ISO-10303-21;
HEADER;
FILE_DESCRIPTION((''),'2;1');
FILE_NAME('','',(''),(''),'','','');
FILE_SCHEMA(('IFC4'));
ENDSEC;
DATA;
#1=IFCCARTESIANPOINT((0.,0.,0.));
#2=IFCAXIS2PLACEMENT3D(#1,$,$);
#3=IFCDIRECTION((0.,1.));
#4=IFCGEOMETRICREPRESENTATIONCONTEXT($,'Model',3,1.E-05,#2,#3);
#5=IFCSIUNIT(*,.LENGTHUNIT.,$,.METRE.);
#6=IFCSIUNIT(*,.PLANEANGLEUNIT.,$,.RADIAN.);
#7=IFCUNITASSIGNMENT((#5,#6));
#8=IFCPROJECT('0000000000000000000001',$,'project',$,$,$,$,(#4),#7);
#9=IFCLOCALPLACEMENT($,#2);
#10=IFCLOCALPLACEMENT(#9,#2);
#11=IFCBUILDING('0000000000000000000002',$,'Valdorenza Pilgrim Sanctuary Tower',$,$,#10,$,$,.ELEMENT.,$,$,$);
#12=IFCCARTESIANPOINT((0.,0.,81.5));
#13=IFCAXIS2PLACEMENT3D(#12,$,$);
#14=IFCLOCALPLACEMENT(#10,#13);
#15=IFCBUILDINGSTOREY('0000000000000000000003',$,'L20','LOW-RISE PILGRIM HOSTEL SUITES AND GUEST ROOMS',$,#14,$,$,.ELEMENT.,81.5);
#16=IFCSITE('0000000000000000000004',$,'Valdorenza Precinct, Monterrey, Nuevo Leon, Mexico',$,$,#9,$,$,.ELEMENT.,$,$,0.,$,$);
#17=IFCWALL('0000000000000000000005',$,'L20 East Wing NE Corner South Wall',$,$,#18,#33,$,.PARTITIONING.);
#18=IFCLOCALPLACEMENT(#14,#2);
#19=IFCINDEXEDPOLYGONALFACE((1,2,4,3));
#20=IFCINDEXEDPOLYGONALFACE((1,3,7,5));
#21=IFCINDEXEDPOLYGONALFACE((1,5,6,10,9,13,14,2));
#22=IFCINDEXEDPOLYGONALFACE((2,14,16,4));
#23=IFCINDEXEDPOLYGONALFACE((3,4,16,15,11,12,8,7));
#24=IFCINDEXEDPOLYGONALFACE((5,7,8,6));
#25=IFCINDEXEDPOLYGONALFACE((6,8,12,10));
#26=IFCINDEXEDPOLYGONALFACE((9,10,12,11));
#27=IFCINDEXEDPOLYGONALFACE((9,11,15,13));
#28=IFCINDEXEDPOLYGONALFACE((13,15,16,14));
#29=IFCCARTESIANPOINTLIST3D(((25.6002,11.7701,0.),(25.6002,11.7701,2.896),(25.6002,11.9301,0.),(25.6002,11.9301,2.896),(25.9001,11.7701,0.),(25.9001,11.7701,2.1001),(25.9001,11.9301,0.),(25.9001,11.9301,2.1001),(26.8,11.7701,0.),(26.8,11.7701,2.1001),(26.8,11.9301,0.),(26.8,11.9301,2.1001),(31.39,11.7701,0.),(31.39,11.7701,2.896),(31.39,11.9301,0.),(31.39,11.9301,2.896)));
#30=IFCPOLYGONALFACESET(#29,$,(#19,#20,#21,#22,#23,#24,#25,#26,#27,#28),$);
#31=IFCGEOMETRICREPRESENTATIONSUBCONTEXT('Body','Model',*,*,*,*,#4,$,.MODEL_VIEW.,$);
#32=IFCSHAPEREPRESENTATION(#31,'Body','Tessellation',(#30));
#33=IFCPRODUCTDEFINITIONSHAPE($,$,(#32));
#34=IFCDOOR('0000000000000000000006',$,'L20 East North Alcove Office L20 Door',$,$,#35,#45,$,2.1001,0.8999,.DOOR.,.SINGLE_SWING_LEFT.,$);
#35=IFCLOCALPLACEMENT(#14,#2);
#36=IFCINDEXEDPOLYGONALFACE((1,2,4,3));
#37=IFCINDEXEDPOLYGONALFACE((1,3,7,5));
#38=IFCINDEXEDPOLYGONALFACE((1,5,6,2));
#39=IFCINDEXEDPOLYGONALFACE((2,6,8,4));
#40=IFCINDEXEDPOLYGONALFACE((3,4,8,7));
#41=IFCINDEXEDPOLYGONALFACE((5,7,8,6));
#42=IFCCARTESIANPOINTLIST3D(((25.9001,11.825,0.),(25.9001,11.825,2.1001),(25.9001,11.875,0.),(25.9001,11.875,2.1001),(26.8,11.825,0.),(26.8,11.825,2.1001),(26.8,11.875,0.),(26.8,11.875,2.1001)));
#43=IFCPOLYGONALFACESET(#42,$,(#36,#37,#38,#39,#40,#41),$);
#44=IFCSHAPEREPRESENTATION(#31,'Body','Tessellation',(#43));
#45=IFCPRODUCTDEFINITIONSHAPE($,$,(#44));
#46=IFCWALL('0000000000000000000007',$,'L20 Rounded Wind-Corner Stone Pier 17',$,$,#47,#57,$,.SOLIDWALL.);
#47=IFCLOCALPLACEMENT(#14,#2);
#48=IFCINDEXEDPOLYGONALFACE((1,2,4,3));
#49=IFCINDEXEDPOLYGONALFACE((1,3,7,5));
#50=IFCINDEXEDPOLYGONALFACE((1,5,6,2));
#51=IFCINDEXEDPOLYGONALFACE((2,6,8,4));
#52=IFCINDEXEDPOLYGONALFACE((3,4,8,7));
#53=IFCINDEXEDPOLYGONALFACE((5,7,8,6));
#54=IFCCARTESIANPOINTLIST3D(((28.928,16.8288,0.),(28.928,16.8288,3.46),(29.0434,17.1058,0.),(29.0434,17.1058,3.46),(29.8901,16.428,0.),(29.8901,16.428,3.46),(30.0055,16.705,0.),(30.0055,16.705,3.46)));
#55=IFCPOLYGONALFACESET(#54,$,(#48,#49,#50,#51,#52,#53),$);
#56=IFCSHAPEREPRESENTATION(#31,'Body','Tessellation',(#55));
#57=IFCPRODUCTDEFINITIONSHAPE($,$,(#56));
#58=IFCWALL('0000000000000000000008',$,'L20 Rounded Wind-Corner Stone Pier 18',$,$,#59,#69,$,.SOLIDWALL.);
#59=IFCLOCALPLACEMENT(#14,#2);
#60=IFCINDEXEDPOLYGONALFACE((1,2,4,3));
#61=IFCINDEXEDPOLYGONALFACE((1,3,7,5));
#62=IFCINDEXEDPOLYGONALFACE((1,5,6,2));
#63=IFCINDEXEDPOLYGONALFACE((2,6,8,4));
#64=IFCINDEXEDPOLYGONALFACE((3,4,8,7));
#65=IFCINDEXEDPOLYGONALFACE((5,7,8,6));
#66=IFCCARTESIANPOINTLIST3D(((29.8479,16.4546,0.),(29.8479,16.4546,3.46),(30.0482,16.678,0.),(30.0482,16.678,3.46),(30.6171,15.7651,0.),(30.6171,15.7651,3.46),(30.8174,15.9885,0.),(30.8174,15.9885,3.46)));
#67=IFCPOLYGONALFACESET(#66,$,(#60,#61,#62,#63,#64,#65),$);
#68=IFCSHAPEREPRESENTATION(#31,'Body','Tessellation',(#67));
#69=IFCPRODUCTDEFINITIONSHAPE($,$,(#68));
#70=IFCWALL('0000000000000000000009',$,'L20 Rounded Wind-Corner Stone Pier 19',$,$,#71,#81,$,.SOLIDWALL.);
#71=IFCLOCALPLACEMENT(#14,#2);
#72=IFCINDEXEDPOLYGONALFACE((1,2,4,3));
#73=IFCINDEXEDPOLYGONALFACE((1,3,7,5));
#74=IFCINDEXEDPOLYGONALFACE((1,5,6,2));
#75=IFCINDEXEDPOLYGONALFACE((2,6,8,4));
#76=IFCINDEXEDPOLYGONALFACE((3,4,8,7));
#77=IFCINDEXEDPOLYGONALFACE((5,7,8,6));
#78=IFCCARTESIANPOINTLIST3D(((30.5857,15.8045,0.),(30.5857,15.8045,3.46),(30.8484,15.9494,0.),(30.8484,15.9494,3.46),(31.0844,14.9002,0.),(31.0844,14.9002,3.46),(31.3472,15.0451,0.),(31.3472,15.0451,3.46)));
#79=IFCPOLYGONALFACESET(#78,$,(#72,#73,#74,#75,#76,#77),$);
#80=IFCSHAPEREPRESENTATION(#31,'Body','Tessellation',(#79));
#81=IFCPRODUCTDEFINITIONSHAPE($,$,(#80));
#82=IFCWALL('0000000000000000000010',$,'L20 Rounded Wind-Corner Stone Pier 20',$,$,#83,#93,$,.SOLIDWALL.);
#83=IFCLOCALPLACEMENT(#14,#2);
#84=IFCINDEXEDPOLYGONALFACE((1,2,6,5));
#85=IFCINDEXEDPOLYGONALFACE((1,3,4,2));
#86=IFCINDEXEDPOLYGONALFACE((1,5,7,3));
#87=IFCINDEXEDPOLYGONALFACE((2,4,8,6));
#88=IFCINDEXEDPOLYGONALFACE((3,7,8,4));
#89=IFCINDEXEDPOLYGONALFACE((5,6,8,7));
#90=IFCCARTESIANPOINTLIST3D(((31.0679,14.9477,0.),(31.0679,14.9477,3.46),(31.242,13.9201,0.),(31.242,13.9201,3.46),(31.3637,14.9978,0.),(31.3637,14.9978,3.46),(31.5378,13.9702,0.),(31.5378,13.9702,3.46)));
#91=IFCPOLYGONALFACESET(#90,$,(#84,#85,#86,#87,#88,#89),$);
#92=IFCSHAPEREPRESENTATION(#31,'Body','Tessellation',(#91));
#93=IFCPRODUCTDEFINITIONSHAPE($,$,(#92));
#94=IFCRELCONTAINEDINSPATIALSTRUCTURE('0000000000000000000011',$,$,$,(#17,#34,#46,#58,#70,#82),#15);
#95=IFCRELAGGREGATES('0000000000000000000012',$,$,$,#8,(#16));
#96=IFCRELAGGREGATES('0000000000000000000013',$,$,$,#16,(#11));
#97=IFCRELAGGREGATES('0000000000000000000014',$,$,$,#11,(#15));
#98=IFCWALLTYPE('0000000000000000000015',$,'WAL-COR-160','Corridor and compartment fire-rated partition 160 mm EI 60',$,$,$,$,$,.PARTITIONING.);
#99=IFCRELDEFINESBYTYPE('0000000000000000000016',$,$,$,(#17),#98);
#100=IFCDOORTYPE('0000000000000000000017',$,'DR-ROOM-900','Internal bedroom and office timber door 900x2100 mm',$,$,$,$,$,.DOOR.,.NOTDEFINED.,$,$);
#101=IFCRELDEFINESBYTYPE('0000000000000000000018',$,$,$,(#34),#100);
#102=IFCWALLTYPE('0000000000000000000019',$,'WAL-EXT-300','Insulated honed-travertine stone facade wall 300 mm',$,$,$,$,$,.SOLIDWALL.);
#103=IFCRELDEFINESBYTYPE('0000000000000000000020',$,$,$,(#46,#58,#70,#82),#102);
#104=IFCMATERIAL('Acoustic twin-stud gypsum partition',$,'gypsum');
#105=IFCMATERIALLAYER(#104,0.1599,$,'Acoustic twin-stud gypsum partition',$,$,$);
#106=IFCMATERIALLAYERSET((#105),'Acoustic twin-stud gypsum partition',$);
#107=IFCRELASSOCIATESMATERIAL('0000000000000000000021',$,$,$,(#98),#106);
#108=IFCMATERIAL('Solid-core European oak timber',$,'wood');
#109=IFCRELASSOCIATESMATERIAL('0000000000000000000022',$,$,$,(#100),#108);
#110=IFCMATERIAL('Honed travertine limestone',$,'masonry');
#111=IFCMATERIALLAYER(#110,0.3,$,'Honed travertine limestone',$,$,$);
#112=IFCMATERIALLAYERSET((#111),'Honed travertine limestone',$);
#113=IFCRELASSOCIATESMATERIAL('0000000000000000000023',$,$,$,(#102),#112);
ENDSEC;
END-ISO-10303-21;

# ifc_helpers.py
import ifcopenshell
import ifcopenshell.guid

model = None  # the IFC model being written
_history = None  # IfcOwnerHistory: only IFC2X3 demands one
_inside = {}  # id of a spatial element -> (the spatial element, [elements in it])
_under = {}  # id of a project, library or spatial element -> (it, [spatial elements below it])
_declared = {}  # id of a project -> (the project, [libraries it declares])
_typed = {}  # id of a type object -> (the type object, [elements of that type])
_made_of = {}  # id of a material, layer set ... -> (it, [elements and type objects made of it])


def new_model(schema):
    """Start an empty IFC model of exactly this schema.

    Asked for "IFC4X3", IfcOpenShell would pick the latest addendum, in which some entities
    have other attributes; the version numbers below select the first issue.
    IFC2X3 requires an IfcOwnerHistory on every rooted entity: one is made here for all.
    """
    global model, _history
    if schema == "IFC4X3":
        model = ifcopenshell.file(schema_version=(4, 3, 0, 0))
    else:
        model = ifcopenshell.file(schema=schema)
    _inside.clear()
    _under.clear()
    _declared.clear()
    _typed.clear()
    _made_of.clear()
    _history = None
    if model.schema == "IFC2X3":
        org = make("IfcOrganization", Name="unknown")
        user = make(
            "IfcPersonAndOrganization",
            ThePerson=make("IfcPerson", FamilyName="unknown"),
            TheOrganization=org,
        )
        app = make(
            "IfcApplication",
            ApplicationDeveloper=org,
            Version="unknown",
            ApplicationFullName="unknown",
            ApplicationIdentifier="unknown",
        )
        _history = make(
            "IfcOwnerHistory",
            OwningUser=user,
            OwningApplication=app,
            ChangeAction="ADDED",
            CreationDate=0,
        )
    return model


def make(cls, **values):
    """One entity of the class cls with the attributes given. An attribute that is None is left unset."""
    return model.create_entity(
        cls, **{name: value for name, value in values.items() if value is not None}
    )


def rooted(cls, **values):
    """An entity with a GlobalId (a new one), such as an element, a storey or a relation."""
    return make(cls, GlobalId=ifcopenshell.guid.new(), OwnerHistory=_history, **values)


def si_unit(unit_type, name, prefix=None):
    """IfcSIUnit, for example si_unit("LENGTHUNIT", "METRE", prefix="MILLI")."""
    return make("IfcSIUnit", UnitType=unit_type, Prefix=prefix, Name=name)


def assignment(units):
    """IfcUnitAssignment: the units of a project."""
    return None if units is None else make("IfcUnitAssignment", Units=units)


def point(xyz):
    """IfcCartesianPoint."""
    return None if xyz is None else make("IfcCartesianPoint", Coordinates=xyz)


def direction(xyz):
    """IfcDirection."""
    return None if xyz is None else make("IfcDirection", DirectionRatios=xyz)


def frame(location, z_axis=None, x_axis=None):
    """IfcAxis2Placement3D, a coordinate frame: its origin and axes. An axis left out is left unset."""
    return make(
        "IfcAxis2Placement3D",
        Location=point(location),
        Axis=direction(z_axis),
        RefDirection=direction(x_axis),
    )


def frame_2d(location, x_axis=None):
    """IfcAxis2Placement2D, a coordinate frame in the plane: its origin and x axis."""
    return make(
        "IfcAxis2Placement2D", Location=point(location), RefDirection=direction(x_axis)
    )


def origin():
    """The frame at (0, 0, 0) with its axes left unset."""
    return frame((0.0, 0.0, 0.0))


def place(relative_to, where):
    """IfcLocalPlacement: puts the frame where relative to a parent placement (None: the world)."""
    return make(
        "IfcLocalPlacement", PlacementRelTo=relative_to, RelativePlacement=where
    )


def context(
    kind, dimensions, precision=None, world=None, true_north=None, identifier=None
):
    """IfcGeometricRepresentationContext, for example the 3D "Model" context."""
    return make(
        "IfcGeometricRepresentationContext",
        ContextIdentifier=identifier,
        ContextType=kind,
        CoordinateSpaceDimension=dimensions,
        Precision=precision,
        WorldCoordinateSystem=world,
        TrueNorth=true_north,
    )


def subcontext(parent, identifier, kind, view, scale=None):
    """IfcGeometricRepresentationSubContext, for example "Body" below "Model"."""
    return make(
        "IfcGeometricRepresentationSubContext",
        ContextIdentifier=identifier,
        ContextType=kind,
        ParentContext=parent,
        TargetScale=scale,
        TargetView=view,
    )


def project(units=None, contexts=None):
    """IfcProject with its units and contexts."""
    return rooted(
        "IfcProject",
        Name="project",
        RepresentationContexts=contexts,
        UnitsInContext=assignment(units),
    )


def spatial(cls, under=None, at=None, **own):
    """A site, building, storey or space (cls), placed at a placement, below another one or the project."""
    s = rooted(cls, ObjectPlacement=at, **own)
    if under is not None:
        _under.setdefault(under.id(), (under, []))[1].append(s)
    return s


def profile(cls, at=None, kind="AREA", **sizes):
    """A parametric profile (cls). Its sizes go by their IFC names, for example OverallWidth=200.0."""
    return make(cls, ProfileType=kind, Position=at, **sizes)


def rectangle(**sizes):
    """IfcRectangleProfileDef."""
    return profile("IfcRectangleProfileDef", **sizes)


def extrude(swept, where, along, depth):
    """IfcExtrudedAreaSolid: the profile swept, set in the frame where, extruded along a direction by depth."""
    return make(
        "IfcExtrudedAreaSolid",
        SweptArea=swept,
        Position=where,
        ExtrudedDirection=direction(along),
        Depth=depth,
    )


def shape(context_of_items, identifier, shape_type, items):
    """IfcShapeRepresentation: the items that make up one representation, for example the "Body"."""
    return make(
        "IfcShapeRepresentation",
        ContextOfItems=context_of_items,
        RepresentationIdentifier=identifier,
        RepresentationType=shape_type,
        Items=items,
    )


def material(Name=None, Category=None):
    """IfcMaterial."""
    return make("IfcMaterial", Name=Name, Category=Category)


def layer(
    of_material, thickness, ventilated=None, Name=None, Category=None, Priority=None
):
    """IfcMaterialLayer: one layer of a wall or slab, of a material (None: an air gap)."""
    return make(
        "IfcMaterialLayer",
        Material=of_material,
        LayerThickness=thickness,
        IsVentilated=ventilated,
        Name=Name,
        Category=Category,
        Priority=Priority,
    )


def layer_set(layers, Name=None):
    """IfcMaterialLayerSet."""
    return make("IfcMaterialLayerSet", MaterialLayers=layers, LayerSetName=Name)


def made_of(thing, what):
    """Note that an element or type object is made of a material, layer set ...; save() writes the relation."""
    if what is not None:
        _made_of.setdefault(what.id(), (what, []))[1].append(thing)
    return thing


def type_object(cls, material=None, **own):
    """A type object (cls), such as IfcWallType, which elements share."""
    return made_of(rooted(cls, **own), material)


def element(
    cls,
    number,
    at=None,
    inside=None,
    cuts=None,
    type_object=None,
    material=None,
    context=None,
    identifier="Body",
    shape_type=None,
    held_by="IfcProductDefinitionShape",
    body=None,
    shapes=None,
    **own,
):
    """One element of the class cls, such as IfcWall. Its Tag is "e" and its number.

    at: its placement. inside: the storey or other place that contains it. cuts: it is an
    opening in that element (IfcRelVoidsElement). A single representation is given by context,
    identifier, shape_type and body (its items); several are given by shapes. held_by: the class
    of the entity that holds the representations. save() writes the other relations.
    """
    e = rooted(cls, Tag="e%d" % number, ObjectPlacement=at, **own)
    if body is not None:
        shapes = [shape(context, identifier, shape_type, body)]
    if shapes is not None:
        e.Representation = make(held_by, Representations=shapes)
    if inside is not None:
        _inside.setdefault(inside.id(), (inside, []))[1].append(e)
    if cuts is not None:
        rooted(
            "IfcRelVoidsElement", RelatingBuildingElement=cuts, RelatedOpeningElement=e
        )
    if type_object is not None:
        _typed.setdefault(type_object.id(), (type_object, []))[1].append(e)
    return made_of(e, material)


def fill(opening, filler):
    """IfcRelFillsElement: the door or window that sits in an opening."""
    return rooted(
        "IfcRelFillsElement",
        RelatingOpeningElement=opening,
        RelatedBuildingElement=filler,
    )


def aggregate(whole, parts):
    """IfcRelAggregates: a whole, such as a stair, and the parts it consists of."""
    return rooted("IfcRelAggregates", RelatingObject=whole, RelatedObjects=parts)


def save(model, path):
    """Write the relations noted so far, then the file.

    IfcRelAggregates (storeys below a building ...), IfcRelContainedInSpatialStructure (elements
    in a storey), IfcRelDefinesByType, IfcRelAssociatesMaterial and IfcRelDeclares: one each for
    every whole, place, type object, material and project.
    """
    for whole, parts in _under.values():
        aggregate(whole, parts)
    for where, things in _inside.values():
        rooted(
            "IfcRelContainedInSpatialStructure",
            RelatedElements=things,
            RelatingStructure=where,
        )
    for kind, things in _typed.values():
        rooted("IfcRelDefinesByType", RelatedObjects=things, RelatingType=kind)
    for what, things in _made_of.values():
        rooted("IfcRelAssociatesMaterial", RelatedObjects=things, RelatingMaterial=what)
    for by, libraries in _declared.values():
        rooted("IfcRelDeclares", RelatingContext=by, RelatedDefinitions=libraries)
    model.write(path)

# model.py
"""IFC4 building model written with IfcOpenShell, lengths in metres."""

from ifc_helpers import new_model, si_unit, direction, frame, frame_2d, origin, place, context, subcontext, project, spatial, rectangle, extrude, material, layer, layer_set, type_object, element, fill, save


model = new_model("IFC4")

# Units and contexts
model_context = context("Model", 3, precision=1e-05, world=origin(), true_north=direction((0.0, 1.0)))
body_context = subcontext(model_context, "Body", "Model", "MODEL_VIEW")
ifc_project = project(units=[si_unit("LENGTHUNIT", "METRE"), si_unit("PLANEANGLEUNIT", "RADIAN")], contexts=[model_context])

# Site, building, storey
site_placement = place(None, origin())
site = spatial("IfcSite", under=ifc_project, at=site_placement, Name="Valdorenza Precinct, Monterrey, Nuevo Leon, Mexico", CompositionType="ELEMENT", RefElevation=0.0)
building_placement = place(site_placement, origin())
building = spatial("IfcBuilding", under=site, at=building_placement, Name="Valdorenza Pilgrim Sanctuary Tower", CompositionType="ELEMENT")
storey_placement = place(building_placement, frame((0.0, 0.0, 81.5)))
storey = spatial("IfcBuildingStorey", under=building, at=storey_placement, Name="L20", Description="LOW-RISE PILGRIM HOSTEL SUITES AND GUEST ROOMS", CompositionType="ELEMENT", Elevation=81.5)

# Shared definitions
ifc_material_1 = material(Name="Honed travertine limestone", Category="masonry")

# Shared definitions
ifc_material_2 = material(Name="Acoustic twin-stud gypsum partition", Category="gypsum")
ifc_layer_1 = layer(ifc_material_2, 0.1599, Name="Acoustic twin-stud gypsum partition")
ifc_layer_set_1 = layer_set([ifc_layer_1], Name="Acoustic twin-stud gypsum partition")
wall_type_1 = type_object("IfcWallType", Name="WAL-COR-160", Description="Corridor and compartment fire-rated partition 160 mm EI 60", PredefinedType="PARTITIONING", material=ifc_layer_set_1)

# Wall, opening, door
wall_1_placement = place(storey_placement, frame((25.6001, 11.8501, 0.0), z_axis=(0.0, 0.0, 1.0), x_axis=(1.0, 0.0, 0.0)))
wall_1 = element("IfcWall", 1, at=wall_1_placement, inside=storey, type_object=wall_type_1, Name="L20 East Wing NE Corner South Wall", PredefinedType="PARTITIONING", context=body_context, shape_type="SweptSolid", body=[
    extrude(rectangle(XDim=5.7898, YDim=0.1599, at=frame_2d((2.895, 0.0))), origin(), (0.0, 0.0, 1.0), 2.896),
])
opening_placement = place(wall_1_placement, frame((0.3, 0.0, 0.0)))
opening = element("IfcOpeningElement", 2, at=opening_placement, cuts=wall_1, PredefinedType="OPENING", context=body_context, shape_type="SweptSolid", body=[
    extrude(rectangle(XDim=0.8999, YDim=2.1001, at=frame_2d((0.45, 1.05))), frame((0.0, 0.0947, 0.0), z_axis=(0.0, -1.0, 0.0), x_axis=(1.0, 0.0, 0.0)), (0.0, 0.0, 1.0), 0.1897),
])
ifc_material_3 = material(Name="Solid-core European oak timber", Category="wood")
door_type = type_object("IfcDoorType", Name="DR-ROOM-900", Description="Internal bedroom and office timber door 900x2100 mm", OperationType="NOTDEFINED", PredefinedType="DOOR", material=ifc_material_3)
door_placement = place(opening_placement, origin())
door = element("IfcDoor", 3, at=door_placement, inside=storey, type_object=door_type, Name="L20 East North Alcove Office L20 Door", OperationType="SINGLE_SWING_LEFT", OverallHeight=2.1001, OverallWidth=0.8999, PredefinedType="DOOR", context=body_context, shape_type="SweptSolid", body=[
    extrude(rectangle(XDim=0.8999, YDim=2.1001, at=frame_2d((0.45, 1.05))), frame((0.0, 0.0249, 0.0), z_axis=(0.0, -1.0, 0.0), x_axis=(1.0, 0.0, 0.0)), (0.0, 0.0, 1.0), 0.05),
])
fill(opening, door)

# Walls
ifc_layer_2 = layer(ifc_material_1, 0.3, Name="Honed travertine limestone")
ifc_layer_set_2 = layer_set([ifc_layer_2], Name="Honed travertine limestone")
wall_type_2 = type_object("IfcWallType", Name="WAL-EXT-300", Description="Insulated honed-travertine stone facade wall 300 mm", PredefinedType="SOLIDWALL", material=ifc_layer_set_2)
wall_2_placement = place(storey_placement, frame((28.9858, 16.9673, 0.0), z_axis=(0.0, 0.0, 1.0), x_axis=(0.923084, -0.384599, 0.0)))
element("IfcWall", 4, at=wall_2_placement, inside=storey, type_object=wall_type_2, Name="L20 Rounded Wind-Corner Stone Pier 17", PredefinedType="SOLIDWALL", context=body_context, shape_type="SweptSolid", body=[
    extrude(rectangle(XDim=1.0422, YDim=0.3, at=frame_2d((0.521, 0.0))), origin(), (0.0, 0.0, 1.0), 3.46),
])
wall_3_placement = place(storey_placement, frame((29.948, 16.5664, 0.0), z_axis=(0.0, 0.0, 1.0), x_axis=(0.744586, -0.667527, 0.0)))
element("IfcWall", 5, at=wall_3_placement, inside=storey, type_object=wall_type_2, Name="L20 Rounded Wind-Corner Stone Pier 18", PredefinedType="SOLIDWALL", context=body_context, shape_type="SweptSolid", body=[
    extrude(rectangle(XDim=1.033, YDim=0.3, at=frame_2d((0.5166, 0.0))), origin(), (0.0, 0.0, 1.0), 3.46),
])
wall_4_placement = place(storey_placement, frame((30.717, 15.877, 0.0), z_axis=(0.0, 0.0, 1.0), x_axis=(0.482971, -0.875636, 0.0)))
element("IfcWall", 6, at=wall_4_placement, inside=storey, type_object=wall_type_2, Name="L20 Rounded Wind-Corner Stone Pier 19", PredefinedType="SOLIDWALL", context=body_context, shape_type="SweptSolid", body=[
    extrude(rectangle(XDim=1.0327, YDim=0.3, at=frame_2d((0.5164, 0.0))), origin(), (0.0, 0.0, 1.0), 3.46),
])
wall_5_placement = place(storey_placement, frame((31.2158, 14.9727, 0.0), z_axis=(0.0, 0.0, 1.0), x_axis=(0.167019, -0.985954, 0.0)))
element("IfcWall", 7, at=wall_5_placement, inside=storey, type_object=wall_type_2, Name="L20 Rounded Wind-Corner Stone Pier 20", PredefinedType="SOLIDWALL", context=body_context, shape_type="SweptSolid", body=[
    extrude(rectangle(XDim=1.0422, YDim=0.3, at=frame_2d((0.521, 0.0))), origin(), (0.0, 0.0, 1.0), 3.46),
])

save(model, "model.ifc")
